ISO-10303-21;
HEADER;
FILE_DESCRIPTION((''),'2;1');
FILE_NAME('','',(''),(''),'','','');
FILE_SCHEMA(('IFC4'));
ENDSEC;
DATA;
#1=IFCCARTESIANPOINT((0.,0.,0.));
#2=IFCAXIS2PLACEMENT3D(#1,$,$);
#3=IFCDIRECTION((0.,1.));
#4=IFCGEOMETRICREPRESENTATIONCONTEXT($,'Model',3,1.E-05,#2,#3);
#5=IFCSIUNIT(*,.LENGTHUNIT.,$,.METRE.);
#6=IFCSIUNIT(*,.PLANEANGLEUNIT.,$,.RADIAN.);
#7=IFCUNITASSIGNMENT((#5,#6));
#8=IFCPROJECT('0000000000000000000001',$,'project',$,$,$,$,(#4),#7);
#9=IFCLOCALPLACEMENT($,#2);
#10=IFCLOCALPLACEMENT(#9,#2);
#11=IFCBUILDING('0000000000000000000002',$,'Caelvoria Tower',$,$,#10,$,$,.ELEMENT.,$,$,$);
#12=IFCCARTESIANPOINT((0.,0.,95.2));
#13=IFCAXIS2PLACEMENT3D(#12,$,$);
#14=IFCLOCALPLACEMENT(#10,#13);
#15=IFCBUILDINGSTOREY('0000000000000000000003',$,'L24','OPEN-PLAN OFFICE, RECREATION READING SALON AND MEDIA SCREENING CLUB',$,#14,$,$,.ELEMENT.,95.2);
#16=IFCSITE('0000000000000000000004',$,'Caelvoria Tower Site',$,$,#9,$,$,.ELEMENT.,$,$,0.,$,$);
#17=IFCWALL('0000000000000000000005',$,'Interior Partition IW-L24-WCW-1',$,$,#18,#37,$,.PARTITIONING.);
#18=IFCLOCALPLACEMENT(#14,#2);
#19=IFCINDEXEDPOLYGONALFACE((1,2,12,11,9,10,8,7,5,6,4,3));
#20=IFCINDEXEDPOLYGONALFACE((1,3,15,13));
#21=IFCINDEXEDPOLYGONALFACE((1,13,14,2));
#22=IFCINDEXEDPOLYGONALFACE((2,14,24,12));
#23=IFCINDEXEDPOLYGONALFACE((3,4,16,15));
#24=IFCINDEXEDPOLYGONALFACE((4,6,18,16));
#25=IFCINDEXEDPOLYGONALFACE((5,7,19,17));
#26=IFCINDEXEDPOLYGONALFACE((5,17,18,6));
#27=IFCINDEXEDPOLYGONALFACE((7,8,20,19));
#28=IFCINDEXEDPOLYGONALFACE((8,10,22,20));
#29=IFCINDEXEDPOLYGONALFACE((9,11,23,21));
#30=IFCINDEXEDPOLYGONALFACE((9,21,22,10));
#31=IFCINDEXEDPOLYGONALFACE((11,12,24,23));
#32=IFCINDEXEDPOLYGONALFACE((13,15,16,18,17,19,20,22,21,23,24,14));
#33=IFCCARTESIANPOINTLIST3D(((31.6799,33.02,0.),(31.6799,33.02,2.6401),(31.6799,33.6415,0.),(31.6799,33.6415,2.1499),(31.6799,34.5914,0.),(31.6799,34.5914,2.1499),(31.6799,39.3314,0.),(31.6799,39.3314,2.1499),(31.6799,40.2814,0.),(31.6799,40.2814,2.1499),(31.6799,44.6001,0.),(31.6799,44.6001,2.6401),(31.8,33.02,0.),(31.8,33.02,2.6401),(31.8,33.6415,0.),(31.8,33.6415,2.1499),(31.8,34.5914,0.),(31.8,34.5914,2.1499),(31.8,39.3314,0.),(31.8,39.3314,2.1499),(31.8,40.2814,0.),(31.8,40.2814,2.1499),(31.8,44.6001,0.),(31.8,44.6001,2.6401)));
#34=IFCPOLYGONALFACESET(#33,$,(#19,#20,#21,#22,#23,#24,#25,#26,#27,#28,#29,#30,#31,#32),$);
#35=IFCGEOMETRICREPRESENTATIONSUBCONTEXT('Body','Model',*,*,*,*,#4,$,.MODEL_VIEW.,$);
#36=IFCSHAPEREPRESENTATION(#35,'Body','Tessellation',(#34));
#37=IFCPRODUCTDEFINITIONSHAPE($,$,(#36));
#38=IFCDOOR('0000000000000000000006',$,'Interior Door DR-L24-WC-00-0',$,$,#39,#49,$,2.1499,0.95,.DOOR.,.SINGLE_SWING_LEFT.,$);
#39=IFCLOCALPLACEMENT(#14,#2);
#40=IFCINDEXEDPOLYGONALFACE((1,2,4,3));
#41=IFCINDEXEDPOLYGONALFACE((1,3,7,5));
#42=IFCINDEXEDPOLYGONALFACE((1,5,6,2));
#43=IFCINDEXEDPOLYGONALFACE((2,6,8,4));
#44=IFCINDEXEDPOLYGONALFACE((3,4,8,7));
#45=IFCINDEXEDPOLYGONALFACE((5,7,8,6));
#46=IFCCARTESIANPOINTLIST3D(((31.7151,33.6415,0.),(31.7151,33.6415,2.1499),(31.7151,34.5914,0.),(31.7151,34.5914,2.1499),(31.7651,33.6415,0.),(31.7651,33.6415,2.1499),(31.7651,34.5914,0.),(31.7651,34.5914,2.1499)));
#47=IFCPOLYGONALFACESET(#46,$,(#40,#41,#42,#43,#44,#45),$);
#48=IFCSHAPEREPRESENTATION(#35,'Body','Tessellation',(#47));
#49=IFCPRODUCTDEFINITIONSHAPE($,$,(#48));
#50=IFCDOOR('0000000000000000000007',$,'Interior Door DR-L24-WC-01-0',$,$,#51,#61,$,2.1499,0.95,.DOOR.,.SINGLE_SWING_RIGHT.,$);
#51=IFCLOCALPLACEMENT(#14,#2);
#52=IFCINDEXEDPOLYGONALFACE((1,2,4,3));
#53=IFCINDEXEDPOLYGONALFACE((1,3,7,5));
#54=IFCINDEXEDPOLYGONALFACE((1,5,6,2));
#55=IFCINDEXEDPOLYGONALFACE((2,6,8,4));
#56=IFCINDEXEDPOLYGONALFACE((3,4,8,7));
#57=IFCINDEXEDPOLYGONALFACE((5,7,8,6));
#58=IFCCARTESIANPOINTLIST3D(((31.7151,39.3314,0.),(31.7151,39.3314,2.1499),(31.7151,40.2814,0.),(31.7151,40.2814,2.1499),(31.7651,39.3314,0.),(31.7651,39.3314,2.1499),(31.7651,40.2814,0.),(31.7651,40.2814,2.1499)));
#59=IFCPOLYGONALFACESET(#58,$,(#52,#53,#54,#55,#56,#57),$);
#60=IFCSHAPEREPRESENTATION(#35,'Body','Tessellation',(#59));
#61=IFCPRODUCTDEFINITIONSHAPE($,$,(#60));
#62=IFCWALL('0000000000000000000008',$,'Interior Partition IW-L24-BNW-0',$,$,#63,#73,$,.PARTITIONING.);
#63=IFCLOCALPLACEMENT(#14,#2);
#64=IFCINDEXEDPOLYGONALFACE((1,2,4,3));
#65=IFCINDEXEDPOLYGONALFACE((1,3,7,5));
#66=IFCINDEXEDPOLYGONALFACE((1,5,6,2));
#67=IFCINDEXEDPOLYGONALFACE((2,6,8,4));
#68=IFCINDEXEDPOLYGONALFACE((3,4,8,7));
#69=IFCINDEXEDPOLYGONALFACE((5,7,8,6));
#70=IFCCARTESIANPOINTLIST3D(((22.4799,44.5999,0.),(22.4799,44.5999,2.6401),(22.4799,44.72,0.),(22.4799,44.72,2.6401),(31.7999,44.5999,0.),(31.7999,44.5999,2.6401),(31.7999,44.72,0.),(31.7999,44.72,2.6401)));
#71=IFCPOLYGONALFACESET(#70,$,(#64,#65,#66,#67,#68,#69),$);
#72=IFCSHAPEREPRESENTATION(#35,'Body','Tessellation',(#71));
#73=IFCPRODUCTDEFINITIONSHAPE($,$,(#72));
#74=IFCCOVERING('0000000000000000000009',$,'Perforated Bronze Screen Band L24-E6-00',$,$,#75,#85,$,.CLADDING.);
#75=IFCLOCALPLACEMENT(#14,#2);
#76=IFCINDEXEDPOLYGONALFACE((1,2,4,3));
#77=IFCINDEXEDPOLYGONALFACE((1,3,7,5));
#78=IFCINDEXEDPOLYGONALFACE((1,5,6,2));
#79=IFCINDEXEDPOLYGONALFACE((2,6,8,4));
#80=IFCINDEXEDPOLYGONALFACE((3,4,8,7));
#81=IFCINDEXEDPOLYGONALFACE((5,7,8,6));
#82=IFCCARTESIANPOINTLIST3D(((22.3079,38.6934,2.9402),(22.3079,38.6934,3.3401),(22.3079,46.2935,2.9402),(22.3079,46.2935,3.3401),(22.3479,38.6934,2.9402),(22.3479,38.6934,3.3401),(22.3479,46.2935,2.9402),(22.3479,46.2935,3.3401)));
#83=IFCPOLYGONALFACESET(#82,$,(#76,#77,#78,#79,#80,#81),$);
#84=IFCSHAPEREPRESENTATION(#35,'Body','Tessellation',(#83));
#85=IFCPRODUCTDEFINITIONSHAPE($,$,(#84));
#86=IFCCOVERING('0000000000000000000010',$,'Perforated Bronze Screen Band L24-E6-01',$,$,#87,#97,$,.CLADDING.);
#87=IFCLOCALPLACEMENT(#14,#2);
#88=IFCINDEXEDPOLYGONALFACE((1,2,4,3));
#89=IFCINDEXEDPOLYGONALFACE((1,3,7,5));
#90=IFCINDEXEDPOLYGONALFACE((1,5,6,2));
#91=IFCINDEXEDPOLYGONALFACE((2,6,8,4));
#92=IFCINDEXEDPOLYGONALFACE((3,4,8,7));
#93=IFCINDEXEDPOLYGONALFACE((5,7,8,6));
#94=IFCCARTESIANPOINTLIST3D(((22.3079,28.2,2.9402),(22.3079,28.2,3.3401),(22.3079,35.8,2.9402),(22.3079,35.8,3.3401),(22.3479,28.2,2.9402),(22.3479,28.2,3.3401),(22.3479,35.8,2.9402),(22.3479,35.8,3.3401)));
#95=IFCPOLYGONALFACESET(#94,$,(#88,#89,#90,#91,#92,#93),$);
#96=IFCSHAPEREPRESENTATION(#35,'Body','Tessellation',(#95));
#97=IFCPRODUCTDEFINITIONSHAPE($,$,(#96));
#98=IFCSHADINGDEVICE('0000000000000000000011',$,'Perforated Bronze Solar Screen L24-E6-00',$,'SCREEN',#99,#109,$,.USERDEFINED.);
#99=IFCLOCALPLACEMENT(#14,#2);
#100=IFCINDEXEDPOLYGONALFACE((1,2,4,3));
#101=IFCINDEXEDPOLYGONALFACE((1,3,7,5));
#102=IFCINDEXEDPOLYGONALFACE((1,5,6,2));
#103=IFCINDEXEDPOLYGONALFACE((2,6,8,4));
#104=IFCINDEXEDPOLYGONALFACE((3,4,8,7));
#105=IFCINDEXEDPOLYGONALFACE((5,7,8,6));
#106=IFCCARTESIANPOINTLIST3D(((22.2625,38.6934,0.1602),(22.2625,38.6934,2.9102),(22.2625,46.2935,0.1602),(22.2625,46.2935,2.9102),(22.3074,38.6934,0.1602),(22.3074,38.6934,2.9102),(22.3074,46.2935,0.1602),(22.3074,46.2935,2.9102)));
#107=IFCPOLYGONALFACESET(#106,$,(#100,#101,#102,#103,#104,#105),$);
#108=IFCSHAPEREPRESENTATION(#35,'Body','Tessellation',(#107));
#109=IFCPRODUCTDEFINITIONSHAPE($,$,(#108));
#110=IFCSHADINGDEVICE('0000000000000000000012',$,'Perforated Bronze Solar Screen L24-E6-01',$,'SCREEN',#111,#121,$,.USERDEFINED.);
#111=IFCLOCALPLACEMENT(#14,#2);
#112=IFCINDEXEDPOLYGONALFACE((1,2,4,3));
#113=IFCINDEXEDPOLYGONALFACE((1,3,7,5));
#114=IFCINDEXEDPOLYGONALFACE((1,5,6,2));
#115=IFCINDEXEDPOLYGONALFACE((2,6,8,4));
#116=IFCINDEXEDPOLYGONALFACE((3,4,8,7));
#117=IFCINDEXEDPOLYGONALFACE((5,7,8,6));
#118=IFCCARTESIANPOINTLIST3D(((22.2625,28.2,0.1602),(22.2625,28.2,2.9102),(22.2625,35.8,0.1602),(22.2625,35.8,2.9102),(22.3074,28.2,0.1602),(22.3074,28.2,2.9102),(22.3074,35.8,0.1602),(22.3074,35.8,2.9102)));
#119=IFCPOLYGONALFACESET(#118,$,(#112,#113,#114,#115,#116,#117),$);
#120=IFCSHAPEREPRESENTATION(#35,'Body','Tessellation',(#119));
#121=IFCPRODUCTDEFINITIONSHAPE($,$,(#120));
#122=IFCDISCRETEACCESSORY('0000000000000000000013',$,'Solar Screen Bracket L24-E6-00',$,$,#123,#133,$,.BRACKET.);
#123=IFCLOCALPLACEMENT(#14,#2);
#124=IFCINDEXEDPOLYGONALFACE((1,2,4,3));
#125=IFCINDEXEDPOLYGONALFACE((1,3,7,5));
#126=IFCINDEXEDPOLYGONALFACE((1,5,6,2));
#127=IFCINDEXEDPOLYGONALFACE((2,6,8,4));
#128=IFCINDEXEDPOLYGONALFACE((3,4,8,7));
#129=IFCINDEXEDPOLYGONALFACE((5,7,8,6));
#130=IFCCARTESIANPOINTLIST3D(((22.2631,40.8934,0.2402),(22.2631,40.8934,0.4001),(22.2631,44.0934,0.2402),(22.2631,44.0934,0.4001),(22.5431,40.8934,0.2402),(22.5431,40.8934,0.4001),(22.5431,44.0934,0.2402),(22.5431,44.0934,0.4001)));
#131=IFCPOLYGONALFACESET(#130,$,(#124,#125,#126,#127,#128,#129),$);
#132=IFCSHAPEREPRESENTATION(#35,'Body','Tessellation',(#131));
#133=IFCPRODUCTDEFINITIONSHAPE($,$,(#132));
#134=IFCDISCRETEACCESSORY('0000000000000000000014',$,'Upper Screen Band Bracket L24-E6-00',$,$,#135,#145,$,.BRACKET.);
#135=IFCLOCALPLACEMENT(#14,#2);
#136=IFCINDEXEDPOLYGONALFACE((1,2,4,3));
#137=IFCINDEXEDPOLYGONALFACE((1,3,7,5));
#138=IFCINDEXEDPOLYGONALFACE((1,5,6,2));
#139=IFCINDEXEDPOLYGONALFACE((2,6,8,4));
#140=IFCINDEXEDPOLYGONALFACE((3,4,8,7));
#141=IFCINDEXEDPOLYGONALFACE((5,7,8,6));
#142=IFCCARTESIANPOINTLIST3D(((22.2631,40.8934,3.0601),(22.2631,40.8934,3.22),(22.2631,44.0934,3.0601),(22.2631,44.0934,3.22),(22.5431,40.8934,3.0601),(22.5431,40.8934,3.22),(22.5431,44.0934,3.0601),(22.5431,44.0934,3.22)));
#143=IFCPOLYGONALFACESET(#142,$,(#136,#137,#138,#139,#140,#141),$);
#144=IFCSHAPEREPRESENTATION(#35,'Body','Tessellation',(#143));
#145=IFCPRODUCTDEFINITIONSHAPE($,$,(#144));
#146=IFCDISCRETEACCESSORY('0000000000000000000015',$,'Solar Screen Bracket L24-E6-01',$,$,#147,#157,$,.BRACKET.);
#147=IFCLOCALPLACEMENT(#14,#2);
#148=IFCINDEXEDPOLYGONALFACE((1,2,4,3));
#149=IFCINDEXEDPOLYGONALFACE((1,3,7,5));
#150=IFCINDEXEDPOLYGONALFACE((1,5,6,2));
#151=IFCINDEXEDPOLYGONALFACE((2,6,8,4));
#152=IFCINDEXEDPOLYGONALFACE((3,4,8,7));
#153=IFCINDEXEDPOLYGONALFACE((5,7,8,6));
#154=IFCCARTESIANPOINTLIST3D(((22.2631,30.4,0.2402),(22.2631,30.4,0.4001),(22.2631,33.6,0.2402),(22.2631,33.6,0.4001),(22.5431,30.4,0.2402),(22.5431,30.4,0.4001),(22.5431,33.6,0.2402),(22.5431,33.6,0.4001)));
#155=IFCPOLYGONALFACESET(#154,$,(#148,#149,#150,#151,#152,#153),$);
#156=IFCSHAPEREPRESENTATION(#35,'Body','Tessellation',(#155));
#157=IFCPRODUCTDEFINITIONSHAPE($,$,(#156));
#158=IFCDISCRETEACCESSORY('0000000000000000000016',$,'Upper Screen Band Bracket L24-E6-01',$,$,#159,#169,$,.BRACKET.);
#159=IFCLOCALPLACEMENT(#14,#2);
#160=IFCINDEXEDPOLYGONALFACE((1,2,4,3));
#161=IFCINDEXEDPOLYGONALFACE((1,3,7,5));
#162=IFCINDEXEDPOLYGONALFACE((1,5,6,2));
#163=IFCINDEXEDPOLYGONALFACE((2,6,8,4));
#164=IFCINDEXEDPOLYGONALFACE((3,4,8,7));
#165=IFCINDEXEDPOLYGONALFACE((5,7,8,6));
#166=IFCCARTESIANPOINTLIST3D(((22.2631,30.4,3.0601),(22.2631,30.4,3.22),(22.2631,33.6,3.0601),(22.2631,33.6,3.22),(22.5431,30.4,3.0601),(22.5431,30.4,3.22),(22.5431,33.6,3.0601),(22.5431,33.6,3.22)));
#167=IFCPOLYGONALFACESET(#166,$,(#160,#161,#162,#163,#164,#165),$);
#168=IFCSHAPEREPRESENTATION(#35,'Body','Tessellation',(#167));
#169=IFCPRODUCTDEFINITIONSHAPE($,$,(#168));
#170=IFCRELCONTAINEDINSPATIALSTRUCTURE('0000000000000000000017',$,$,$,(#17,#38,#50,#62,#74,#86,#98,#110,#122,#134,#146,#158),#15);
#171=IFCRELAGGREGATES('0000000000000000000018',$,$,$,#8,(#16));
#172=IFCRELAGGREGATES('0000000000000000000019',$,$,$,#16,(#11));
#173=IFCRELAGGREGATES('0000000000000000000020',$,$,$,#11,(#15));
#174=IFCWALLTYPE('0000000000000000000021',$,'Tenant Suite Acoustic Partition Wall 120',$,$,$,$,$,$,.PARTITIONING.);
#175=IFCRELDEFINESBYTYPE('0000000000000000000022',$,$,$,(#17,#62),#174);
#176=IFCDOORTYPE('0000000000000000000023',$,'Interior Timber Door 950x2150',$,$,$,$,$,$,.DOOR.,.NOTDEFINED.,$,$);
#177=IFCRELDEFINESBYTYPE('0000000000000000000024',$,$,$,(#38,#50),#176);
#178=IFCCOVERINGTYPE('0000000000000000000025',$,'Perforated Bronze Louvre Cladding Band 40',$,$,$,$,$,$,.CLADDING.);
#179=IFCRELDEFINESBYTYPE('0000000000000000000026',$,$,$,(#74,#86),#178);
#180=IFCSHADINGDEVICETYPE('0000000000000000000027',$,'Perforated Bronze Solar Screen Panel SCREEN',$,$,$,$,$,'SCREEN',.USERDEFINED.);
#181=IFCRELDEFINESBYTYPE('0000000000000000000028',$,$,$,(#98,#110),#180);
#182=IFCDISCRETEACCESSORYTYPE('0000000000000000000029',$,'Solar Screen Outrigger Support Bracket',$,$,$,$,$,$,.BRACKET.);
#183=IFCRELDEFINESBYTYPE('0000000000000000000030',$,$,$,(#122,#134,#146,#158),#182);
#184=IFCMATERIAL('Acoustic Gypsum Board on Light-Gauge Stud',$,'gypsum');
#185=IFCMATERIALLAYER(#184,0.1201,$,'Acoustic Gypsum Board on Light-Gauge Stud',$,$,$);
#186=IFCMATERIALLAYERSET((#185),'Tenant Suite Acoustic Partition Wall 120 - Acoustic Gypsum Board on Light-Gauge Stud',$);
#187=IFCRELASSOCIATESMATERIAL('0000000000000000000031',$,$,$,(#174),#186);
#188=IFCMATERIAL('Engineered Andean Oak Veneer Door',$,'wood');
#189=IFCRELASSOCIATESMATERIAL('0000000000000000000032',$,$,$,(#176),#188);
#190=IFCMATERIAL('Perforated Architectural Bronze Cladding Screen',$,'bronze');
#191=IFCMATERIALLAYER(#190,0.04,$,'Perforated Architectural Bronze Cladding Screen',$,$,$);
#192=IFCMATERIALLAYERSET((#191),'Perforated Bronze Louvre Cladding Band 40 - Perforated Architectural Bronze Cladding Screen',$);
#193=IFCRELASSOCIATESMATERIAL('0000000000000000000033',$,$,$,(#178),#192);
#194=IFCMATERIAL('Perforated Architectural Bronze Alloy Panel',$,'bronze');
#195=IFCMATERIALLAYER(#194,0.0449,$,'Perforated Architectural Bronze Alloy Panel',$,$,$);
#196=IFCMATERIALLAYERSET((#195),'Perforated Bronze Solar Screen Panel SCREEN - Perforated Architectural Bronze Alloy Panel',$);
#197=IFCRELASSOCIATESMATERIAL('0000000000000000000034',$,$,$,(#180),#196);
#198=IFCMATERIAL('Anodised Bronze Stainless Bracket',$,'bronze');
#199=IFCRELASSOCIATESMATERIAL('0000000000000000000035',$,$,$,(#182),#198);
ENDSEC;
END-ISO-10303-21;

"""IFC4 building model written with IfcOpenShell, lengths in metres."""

from ifc_helpers import new_model, si_unit, direction, frame, frame_2d, origin, origin_2d, place, context, subcontext, project, spatial, rectangle, extrude, material, layer, layer_set, type_object, element, fill, save


model = new_model("IFC4")

# Units and contexts
model_context = context("Model", 3, precision=1e-05, world=origin(), true_north=direction((0.0, 1.0)))
body_context = subcontext(model_context, "Body", "Model", "MODEL_VIEW")
ifc_project = project(units=[si_unit("LENGTHUNIT", "METRE"), si_unit("PLANEANGLEUNIT", "RADIAN")], contexts=[model_context])

# Site, building, storey
site_placement = place(None, origin())
site = spatial("IfcSite", under=ifc_project, at=site_placement, Name="Caelvoria Tower Site", CompositionType="ELEMENT", RefElevation=0.0)
building_placement = place(site_placement, origin())
building = spatial("IfcBuilding", under=site, at=building_placement, Name="Caelvoria Tower", CompositionType="ELEMENT")
storey_placement = place(building_placement, frame((0.0, 0.0, 95.2)))
storey = spatial("IfcBuildingStorey", under=building, at=storey_placement, Name="L24", Description="OPEN-PLAN OFFICE, RECREATION READING SALON AND MEDIA SCREENING CLUB", CompositionType="ELEMENT", Elevation=95.2)

# Shared definitions
ifc_material_1 = material(Name="Acoustic Gypsum Board on Light-Gauge Stud", Category="gypsum")
ifc_layer_1 = layer(ifc_material_1, 0.1201, Name="Acoustic Gypsum Board on Light-Gauge Stud")
ifc_layer_set_1 = layer_set([ifc_layer_1], Name="Tenant Suite Acoustic Partition Wall 120 - Acoustic Gypsum Board on Light-Gauge Stud")
wall_type = type_object("IfcWallType", Name="Tenant Suite Acoustic Partition Wall 120", PredefinedType="PARTITIONING", material=ifc_layer_set_1)
ifc_material_2 = material(Name="Engineered Andean Oak Veneer Door", Category="wood")
door_type_1 = type_object("IfcDoorType", Name="Interior Timber Door 950x2150", OperationType="NOTDEFINED", PredefinedType="DOOR", material=ifc_material_2)

# Wall, openings, doors
wall_1_placement = place(storey_placement, frame((31.74, 33.02, 0.0), z_axis=(0.0, 0.0, 1.0), x_axis=(0.0, 1.0, 0.0)))
wall_1 = element("IfcWall", 1, at=wall_1_placement, inside=storey, type_object=wall_type, Name="Interior Partition IW-L24-WCW-1", PredefinedType="PARTITIONING", context=body_context, shape_type="SweptSolid", body=[
    extrude(rectangle(XDim=11.5801, YDim=0.1201, at=frame_2d((5.79, 0.0))), origin(), (0.0, 0.0, 1.0), 2.6401),
])
opening_1_placement = place(wall_1_placement, frame((0.6213, 0.0, 0.0)))
opening_1 = element("IfcOpeningElement", 2, at=opening_1_placement, cuts=wall_1, PredefinedType="OPENING", context=body_context, shape_type="SweptSolid", body=[
    extrude(rectangle(XDim=0.95, YDim=2.1499, at=frame_2d((0.4751, 1.075))), frame((0.0, 0.0701, 0.0), z_axis=(0.0, -1.0, 0.0), x_axis=(1.0, 0.0, 0.0)), (0.0, 0.0, 1.0), 0.1401),
])
opening_2_placement = place(wall_1_placement, frame((6.3113, 0.0, 0.0)))
opening_2 = element("IfcOpeningElement", 3, at=opening_2_placement, cuts=wall_1, PredefinedType="OPENING", context=body_context, shape_type="SweptSolid", body=[
    extrude(rectangle(XDim=0.95, YDim=2.1499, at=frame_2d((0.4751, 1.075))), frame((0.0, 0.0701, 0.0), z_axis=(0.0, -1.0, 0.0), x_axis=(1.0, 0.0, 0.0)), (0.0, 0.0, 1.0), 0.1401),
])
door_1_placement = place(opening_1_placement, origin())
door_1 = element("IfcDoor", 4, at=door_1_placement, inside=storey, type_object=door_type_1, Name="Interior Door DR-L24-WC-00-0", OperationType="SINGLE_SWING_LEFT", OverallHeight=2.1499, OverallWidth=0.95, PredefinedType="DOOR", context=body_context, shape_type="SweptSolid", body=[
    extrude(rectangle(XDim=0.95, YDim=2.1499, at=frame_2d((0.4751, 1.075))), frame((0.0, 0.0249, 0.0), z_axis=(0.0, -1.0, 0.0), x_axis=(1.0, 0.0, 0.0)), (0.0, 0.0, 1.0), 0.05),
])
fill(opening_1, door_1)
door_2_placement = place(opening_2_placement, origin())
door_2 = element("IfcDoor", 5, at=door_2_placement, inside=storey, type_object=door_type_1, Name="Interior Door DR-L24-WC-01-0", OperationType="SINGLE_SWING_RIGHT", OverallHeight=2.1499, OverallWidth=0.95, PredefinedType="DOOR", context=body_context, shape_type="SweptSolid", body=[
    extrude(rectangle(XDim=0.95, YDim=2.1499, at=frame_2d((0.4751, 1.075))), frame((0.0, 0.0249, 0.0), z_axis=(0.0, -1.0, 0.0), x_axis=(1.0, 0.0, 0.0)), (0.0, 0.0, 1.0), 0.05),
])
fill(opening_2, door_2)

# Wall
wall_2_placement = place(storey_placement, frame((31.8, 44.6599, 0.0), z_axis=(0.0, 0.0, 1.0), x_axis=(-1.0, 0.0, 0.0)))
element("IfcWall", 6, at=wall_2_placement, inside=storey, type_object=wall_type, Name="Interior Partition IW-L24-BNW-0", PredefinedType="PARTITIONING", context=body_context, shape_type="SweptSolid", body=[
    extrude(rectangle(XDim=9.3201, YDim=0.1201, at=frame_2d((4.6602, 0.0))), origin(), (0.0, 0.0, 1.0), 2.6401),
])

# Coverings
ifc_material_3 = material(Name="Perforated Architectural Bronze Cladding Screen", Category="bronze")
ifc_layer_2 = layer(ifc_material_3, 0.04, Name="Perforated Architectural Bronze Cladding Screen")
ifc_layer_set_2 = layer_set([ifc_layer_2], Name="Perforated Bronze Louvre Cladding Band 40 - Perforated Architectural Bronze Cladding Screen")
covering_type = type_object("IfcCoveringType", Name="Perforated Bronze Louvre Cladding Band 40", PredefinedType="CLADDING", material=ifc_layer_set_2)
for number, where, z_axis, x_axis, name in (
    (7, (22.3279, 42.4934, 2.9402), (0.0, 0.0, 1.0), (0.0, -1.0, 0.0), "Perforated Bronze Screen Band L24-E6-00"),
    (8, (22.3279, 32.0, 2.9402), (0.0, 0.0, 1.0), (0.0, -1.0, 0.0), "Perforated Bronze Screen Band L24-E6-01"),
):
    element("IfcCovering", number, at=place(storey_placement, frame(where, z_axis=z_axis, x_axis=x_axis)), inside=storey, type_object=covering_type, Name=name, PredefinedType="CLADDING", context=body_context, shape_type="SweptSolid", body=[
        extrude(rectangle(XDim=7.6001, YDim=0.04, at=origin_2d()), origin(), (0.0, 0.0, 1.0), 0.3999),
    ])

# Shading devices
ifc_material_4 = material(Name="Perforated Architectural Bronze Alloy Panel", Category="bronze")
ifc_layer_3 = layer(ifc_material_4, 0.0449, Name="Perforated Architectural Bronze Alloy Panel")
ifc_layer_set_3 = layer_set([ifc_layer_3], Name="Perforated Bronze Solar Screen Panel SCREEN - Perforated Architectural Bronze Alloy Panel")
shading_device_type = type_object("IfcShadingDeviceType", Name="Perforated Bronze Solar Screen Panel SCREEN", ElementType="SCREEN", PredefinedType="USERDEFINED", material=ifc_layer_set_3)
for number, where, z_axis, x_axis, name in (
    (9, (22.2849, 42.4934, 0.1602), (0.0, 0.0, 1.0), (0.0, -1.0, 0.0), "Perforated Bronze Solar Screen L24-E6-00"),
    (10, (22.2849, 32.0, 0.1602), (0.0, 0.0, 1.0), (0.0, -1.0, 0.0), "Perforated Bronze Solar Screen L24-E6-01"),
):
    element("IfcShadingDevice", number, at=place(storey_placement, frame(where, z_axis=z_axis, x_axis=x_axis)), inside=storey, type_object=shading_device_type, Name=name, ObjectType="SCREEN", PredefinedType="USERDEFINED", context=body_context, shape_type="SweptSolid", body=[
        extrude(rectangle(XDim=7.6001, YDim=0.0449, at=origin_2d()), origin(), (0.0, 0.0, 1.0), 2.75),
    ])

# Discrete accessories
ifc_material_5 = material(Name="Anodised Bronze Stainless Bracket", Category="bronze")
discrete_accessory_type = type_object("IfcDiscreteAccessoryType", Name="Solar Screen Outrigger Support Bracket", PredefinedType="BRACKET", material=ifc_material_5)
for number, where, z_axis, x_axis, name in (
    (11, (22.4031, 42.4934, 0.2402), (0.0, 0.0, 1.0), (0.0, -1.0, 0.0), "Solar Screen Bracket L24-E6-00"),
    (12, (22.4031, 42.4934, 3.0601), (0.0, 0.0, 1.0), (0.0, -1.0, 0.0), "Upper Screen Band Bracket L24-E6-00"),
    (13, (22.4031, 32.0, 0.2402), (0.0, 0.0, 1.0), (0.0, -1.0, 0.0), "Solar Screen Bracket L24-E6-01"),
    (14, (22.4031, 32.0, 3.0601), (0.0, 0.0, 1.0), (0.0, -1.0, 0.0), "Upper Screen Band Bracket L24-E6-01"),
):
    element("IfcDiscreteAccessory", number, at=place(storey_placement, frame(where, z_axis=z_axis, x_axis=x_axis)), inside=storey, type_object=discrete_accessory_type, Name=name, PredefinedType="BRACKET", context=body_context, shape_type="SweptSolid", body=[
        extrude(rectangle(XDim=3.2, YDim=0.28, at=origin_2d()), origin(), (0.0, 0.0, 1.0), 0.1599),
    ])

save(model, "model.ifc")
